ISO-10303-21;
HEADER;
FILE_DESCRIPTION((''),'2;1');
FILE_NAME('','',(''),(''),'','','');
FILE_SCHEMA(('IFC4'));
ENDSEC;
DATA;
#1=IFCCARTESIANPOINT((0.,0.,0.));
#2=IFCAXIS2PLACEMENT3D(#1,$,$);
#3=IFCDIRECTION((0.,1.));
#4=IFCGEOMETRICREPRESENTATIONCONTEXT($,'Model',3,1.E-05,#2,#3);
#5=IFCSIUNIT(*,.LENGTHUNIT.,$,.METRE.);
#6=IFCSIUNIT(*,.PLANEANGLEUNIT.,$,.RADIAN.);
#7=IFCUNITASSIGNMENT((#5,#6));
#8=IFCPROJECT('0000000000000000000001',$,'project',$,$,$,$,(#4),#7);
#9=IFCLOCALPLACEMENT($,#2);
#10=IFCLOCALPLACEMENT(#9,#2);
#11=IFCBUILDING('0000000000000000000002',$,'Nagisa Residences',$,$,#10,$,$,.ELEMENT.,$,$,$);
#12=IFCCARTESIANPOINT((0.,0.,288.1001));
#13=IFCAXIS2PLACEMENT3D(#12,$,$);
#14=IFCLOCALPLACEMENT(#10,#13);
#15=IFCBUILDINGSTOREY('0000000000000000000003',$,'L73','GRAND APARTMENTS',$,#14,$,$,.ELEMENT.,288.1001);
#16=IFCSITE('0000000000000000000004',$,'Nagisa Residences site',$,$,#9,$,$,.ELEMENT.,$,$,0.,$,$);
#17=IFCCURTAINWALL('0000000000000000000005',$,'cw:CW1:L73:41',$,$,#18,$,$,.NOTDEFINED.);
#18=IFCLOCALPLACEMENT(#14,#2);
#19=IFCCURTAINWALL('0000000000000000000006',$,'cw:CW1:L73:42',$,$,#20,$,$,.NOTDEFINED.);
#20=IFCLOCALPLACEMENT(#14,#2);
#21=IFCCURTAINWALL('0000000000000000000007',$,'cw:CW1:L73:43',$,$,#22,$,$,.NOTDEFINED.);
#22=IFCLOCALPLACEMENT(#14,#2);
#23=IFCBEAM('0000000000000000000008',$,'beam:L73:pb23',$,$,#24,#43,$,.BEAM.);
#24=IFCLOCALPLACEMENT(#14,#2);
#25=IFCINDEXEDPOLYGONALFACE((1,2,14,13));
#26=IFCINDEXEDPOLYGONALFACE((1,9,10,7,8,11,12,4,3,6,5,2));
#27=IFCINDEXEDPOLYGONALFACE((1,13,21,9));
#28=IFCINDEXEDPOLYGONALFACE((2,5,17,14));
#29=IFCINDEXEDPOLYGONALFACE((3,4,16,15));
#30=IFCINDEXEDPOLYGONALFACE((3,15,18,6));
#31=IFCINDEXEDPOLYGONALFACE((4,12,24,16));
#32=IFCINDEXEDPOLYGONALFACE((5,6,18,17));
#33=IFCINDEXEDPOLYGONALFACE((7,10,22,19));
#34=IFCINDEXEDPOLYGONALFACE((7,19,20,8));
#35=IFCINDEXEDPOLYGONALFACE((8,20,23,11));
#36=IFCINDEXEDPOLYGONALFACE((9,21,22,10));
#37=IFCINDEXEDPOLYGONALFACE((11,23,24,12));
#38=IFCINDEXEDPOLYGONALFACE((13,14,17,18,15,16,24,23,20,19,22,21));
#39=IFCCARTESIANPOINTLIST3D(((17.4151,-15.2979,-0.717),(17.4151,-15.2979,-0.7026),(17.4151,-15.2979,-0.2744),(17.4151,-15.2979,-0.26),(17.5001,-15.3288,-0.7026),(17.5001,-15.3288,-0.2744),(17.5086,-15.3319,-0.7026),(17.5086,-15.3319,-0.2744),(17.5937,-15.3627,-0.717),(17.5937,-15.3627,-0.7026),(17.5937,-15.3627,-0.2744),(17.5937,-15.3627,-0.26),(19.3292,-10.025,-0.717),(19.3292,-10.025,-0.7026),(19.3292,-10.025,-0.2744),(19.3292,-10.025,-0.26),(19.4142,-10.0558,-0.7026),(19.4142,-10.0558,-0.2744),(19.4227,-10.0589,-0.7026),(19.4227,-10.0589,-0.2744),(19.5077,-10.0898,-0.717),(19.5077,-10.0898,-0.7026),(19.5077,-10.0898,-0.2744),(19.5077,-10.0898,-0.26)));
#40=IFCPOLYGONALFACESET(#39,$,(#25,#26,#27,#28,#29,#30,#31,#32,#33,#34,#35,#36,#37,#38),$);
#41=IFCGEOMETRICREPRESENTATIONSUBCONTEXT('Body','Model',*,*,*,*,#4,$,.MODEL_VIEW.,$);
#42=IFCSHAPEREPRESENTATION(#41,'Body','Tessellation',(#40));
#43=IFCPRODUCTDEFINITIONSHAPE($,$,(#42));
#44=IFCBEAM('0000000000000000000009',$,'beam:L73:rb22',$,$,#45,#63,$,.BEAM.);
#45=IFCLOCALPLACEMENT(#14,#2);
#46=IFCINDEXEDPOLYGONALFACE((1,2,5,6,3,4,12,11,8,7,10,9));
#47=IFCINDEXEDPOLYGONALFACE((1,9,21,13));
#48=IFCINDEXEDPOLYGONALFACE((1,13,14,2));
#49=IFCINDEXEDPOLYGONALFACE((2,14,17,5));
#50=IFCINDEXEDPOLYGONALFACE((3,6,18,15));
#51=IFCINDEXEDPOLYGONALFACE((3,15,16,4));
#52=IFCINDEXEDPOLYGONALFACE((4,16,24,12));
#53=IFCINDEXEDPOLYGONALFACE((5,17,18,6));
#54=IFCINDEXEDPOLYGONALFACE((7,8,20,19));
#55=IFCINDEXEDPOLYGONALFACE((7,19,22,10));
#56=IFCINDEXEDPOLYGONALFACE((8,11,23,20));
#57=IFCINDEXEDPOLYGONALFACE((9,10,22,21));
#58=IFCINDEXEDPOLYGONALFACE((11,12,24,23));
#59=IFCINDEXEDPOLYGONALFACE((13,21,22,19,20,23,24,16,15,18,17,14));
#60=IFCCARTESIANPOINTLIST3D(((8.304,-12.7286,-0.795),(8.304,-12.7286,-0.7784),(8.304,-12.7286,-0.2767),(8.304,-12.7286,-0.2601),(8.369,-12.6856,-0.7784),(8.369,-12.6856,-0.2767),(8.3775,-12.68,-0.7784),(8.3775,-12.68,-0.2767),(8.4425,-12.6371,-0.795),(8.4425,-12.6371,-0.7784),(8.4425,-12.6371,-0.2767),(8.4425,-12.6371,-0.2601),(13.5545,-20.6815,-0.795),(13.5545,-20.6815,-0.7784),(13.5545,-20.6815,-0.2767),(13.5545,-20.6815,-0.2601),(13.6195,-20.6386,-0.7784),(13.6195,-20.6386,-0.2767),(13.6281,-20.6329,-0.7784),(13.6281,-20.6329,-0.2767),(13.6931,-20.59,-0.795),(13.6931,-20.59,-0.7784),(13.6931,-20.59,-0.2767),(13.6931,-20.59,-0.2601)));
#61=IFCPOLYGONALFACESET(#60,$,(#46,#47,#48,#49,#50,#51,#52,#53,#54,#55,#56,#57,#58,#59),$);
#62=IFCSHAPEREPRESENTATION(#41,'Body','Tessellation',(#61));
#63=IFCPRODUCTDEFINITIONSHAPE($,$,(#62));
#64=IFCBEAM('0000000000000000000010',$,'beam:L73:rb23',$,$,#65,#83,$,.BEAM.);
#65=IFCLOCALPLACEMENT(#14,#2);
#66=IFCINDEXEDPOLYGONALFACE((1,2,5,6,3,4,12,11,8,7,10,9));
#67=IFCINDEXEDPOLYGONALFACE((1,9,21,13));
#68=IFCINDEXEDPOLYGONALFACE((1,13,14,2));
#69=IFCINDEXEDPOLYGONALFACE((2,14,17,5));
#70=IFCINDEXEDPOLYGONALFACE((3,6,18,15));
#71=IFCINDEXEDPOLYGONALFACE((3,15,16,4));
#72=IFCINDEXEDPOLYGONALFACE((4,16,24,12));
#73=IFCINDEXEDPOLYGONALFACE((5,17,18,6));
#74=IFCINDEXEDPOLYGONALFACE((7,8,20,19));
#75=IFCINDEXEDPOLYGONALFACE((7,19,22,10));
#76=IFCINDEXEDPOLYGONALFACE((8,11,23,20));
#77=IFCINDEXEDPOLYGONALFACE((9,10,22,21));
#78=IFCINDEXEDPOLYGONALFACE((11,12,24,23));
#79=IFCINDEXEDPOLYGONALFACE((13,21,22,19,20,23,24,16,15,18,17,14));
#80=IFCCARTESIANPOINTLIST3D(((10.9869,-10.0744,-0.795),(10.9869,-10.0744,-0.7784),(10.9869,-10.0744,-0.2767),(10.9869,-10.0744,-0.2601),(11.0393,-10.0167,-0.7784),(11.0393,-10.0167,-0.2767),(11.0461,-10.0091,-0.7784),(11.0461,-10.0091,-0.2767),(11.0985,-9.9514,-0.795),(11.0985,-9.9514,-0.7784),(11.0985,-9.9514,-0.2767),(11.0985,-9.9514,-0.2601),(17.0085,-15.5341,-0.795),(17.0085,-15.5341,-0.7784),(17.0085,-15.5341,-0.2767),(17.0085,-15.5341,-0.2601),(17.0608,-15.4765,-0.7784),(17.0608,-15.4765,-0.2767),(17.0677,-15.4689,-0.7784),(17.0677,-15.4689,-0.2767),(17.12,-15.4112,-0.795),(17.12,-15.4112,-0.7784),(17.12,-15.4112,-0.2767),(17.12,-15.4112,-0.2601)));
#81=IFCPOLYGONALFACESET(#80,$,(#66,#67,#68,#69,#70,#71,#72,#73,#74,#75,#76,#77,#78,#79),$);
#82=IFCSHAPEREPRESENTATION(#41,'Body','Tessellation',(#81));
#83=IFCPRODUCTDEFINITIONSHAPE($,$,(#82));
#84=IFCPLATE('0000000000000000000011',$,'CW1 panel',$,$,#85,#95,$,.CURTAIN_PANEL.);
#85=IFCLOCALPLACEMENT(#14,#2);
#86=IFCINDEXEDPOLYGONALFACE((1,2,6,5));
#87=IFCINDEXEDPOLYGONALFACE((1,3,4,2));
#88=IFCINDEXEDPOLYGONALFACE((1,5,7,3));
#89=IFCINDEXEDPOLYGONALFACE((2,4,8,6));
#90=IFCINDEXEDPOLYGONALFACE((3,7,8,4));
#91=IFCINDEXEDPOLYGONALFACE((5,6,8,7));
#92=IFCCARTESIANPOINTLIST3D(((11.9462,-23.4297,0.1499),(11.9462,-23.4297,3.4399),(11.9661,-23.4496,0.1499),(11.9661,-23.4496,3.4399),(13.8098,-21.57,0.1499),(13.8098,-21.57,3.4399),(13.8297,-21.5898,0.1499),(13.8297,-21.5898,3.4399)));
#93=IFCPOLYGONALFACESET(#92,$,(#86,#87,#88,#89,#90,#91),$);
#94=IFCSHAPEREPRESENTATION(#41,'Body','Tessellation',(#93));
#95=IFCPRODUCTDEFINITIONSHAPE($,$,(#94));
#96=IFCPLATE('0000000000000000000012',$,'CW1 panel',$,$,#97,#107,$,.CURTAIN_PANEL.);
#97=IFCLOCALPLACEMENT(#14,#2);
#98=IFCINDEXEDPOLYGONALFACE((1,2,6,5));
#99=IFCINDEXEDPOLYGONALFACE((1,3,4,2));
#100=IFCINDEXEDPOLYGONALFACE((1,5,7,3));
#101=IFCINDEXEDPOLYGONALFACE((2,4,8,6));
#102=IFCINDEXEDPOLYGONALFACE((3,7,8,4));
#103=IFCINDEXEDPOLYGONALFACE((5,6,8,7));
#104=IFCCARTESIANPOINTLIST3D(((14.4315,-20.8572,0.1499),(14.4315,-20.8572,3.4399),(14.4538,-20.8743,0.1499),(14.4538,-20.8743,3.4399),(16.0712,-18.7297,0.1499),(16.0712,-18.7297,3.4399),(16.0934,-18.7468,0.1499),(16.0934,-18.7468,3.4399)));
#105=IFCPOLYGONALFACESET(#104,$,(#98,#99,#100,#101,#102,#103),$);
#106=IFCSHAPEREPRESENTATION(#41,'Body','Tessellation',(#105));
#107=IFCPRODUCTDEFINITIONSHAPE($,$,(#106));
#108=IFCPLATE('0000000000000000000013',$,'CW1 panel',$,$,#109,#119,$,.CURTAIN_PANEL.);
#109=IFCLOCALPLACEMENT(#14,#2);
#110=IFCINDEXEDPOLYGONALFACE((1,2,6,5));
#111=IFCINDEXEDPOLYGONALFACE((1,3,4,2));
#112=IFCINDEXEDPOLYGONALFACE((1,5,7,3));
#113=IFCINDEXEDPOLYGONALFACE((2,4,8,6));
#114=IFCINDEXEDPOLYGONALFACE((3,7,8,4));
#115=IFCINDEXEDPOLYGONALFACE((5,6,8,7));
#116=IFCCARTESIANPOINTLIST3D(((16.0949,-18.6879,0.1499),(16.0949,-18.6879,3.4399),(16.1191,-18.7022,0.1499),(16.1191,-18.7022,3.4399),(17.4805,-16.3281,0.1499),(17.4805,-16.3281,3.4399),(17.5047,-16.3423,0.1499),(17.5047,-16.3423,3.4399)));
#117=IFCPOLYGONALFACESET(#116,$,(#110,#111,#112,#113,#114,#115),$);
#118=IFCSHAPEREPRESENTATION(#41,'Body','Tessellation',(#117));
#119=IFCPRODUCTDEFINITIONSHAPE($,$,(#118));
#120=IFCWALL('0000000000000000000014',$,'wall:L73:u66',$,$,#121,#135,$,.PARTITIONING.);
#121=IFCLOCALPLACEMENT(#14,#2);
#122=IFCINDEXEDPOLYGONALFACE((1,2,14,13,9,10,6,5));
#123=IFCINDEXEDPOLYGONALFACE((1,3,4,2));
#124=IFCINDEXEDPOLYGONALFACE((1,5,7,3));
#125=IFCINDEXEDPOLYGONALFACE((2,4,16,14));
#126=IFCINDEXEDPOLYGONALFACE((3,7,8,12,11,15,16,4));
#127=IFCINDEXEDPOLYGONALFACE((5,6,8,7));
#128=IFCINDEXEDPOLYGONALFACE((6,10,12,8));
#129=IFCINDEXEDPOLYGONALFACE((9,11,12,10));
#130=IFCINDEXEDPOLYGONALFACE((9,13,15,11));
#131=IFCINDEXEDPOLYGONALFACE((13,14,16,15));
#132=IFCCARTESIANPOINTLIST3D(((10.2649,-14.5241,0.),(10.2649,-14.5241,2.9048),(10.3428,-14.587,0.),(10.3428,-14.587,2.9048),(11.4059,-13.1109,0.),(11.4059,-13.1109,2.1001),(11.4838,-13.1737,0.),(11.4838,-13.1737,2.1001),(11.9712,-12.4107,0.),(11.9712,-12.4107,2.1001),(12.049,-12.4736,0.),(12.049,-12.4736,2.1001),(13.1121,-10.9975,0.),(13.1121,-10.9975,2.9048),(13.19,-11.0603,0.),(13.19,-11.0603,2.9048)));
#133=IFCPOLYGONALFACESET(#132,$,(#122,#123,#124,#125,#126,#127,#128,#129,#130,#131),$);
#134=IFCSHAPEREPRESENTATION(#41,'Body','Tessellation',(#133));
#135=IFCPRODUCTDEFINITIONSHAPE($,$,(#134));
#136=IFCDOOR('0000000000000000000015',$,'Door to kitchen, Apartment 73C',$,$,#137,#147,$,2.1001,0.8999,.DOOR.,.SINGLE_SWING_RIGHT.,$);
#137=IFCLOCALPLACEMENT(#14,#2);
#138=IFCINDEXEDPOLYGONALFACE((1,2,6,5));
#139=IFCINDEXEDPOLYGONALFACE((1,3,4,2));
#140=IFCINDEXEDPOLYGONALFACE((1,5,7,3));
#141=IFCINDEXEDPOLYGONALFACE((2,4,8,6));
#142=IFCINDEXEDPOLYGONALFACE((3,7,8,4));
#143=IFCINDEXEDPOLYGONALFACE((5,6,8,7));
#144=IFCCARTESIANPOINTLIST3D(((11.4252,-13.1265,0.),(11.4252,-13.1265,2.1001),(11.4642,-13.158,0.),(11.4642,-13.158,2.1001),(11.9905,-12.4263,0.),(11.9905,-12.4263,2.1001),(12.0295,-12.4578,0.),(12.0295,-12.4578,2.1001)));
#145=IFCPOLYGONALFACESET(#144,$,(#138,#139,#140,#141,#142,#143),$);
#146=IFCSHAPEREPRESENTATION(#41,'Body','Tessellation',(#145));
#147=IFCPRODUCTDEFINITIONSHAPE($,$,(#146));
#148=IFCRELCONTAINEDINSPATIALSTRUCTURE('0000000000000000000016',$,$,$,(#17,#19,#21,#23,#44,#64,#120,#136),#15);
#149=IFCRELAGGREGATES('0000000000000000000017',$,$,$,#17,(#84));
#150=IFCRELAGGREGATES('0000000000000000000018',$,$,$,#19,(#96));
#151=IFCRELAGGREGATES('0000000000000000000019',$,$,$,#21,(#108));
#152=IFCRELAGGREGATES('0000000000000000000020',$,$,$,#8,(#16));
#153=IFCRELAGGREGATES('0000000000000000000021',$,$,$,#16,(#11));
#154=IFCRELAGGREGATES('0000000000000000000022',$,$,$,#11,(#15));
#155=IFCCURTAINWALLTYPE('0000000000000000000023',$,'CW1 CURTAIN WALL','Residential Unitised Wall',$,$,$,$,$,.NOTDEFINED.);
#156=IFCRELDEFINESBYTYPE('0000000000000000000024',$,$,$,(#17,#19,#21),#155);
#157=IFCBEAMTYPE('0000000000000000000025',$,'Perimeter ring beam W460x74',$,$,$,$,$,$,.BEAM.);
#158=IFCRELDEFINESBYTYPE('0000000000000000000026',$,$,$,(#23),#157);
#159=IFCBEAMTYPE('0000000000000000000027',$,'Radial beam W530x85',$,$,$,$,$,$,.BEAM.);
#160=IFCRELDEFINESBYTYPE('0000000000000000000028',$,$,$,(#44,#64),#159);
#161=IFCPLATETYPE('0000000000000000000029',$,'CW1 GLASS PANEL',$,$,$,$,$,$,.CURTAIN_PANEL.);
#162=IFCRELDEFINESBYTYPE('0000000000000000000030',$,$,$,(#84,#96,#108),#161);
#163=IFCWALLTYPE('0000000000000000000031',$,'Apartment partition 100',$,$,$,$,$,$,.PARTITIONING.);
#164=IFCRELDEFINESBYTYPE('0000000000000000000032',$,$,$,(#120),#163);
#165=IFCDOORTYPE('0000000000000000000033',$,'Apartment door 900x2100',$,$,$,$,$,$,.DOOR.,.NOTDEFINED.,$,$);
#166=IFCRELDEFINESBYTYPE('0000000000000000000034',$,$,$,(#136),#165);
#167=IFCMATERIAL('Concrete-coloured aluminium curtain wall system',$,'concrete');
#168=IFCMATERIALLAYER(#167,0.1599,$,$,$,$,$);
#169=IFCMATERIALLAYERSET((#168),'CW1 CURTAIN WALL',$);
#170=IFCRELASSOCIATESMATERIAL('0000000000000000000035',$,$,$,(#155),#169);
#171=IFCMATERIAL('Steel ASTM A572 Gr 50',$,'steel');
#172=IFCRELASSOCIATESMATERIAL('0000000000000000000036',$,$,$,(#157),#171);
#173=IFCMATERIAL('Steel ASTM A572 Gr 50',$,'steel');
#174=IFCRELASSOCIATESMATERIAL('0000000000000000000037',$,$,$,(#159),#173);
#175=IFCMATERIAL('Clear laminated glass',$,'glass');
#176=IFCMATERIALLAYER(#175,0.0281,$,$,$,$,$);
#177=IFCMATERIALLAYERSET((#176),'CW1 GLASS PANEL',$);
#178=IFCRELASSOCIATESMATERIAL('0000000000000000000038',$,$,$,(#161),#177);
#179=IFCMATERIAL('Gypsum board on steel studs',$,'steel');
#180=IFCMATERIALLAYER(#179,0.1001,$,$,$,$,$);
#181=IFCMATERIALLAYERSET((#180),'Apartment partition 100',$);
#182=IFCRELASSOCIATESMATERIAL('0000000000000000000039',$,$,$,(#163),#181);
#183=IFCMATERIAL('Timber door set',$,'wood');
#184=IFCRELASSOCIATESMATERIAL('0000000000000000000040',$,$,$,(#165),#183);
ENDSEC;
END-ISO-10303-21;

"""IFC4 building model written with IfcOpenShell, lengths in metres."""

from ifc_helpers import new_model, si_unit, direction, frame, frame_2d, origin, origin_2d, place, context, subcontext, project, spatial, rectangle, i_section, extrude, material, layer, layer_set, material_profile, profile_set, type_object, element, fill, aggregate, save


model = new_model("IFC4")

# Units and contexts
model_context = context("Model", 3, precision=1e-05, world=origin(), true_north=direction((0.0, 1.0)))
body_context = subcontext(model_context, "Body", "Model", "MODEL_VIEW")
ifc_project = project(units=[si_unit("LENGTHUNIT", "METRE"), si_unit("PLANEANGLEUNIT", "RADIAN")], contexts=[model_context])

# Site, building, storey
site_placement = place(None, origin())
site = spatial("IfcSite", under=ifc_project, at=site_placement, Name="Nagisa Residences site", CompositionType="ELEMENT", RefElevation=0.0)
building_placement = place(site_placement, origin())
building = spatial("IfcBuilding", under=site, at=building_placement, Name="Nagisa Residences", CompositionType="ELEMENT")
storey_placement = place(building_placement, frame((0.0, 0.0, 288.1001)))
storey = spatial("IfcBuildingStorey", under=building, at=storey_placement, Name="L73", Description="GRAND APARTMENTS", CompositionType="ELEMENT", Elevation=288.1001)

# Curtain walls
ifc_material_1 = material(Name="Concrete-coloured aluminium curtain wall system", Category="concrete")
ifc_layer_1 = layer(ifc_material_1, 0.1599)
ifc_layer_set_1 = layer_set([ifc_layer_1], Name="CW1 CURTAIN WALL")
curtain_wall_type = type_object("IfcCurtainWallType", Name="CW1 CURTAIN WALL", Description="Residential Unitised Wall", PredefinedType="NOTDEFINED", material=ifc_layer_set_1)
curtain_wall_1_placement = place(storey_placement, origin())
curtain_wall_1 = element("IfcCurtainWall", 1, at=curtain_wall_1_placement, inside=storey, type_object=curtain_wall_type, Name="cw:CW1:L73:41", PredefinedType="NOTDEFINED")
curtain_wall_2_placement = place(storey_placement, origin())
curtain_wall_2 = element("IfcCurtainWall", 2, at=curtain_wall_2_placement, inside=storey, type_object=curtain_wall_type, Name="cw:CW1:L73:42", PredefinedType="NOTDEFINED")
curtain_wall_3_placement = place(storey_placement, origin())
curtain_wall_3 = element("IfcCurtainWall", 3, at=curtain_wall_3_placement, inside=storey, type_object=curtain_wall_type, Name="cw:CW1:L73:43", PredefinedType="NOTDEFINED")

# Beams
ifc_material_2 = material(Name="Steel ASTM A572 Gr 50", Category="steel")
ifc_material_profile_1 = material_profile(ifc_material_2, i_section(OverallWidth=0.1899, OverallDepth=0.457, WebThickness=0.009, FlangeThickness=0.0144, at=origin_2d()), Name="W460x74")
ifc_profile_set_1 = profile_set([ifc_material_profile_1], Name="Steel ASTM A572 Gr 50")
beam_type_1 = type_object("IfcBeamType", Name="Perimeter ring beam W460x74", PredefinedType="BEAM", material=ifc_profile_set_1)
beam_1_placement = place(storey_placement, frame((17.5044, -15.3303, -0.4885), z_axis=(0.341212, 0.939986, 0.0), x_axis=(-0.939986, 0.341212, 0.0)))
element("IfcBeam", 4, at=beam_1_placement, inside=storey, type_object=beam_type_1, Name="beam:L73:pb23", PredefinedType="BEAM", context=body_context, shape_type="SweptSolid", body=[
    extrude(i_section(OverallWidth=0.1899, OverallDepth=0.457, WebThickness=0.009, FlangeThickness=0.0144, at=origin_2d()), origin(), (0.0, 0.0, 1.0), 5.6096),
])
ifc_material_3 = material(Name="Steel ASTM A572 Gr 50", Category="steel")
ifc_material_profile_2 = material_profile(ifc_material_3, i_section(OverallWidth=0.166, OverallDepth=0.5349, WebThickness=0.0103, FlangeThickness=0.0166, at=origin_2d()), Name="W530x85")
ifc_profile_set_2 = profile_set([ifc_material_profile_2], Name="Steel ASTM A572 Gr 50")
beam_type_2 = type_object("IfcBeamType", Name="Radial beam W530x85", PredefinedType="BEAM", material=ifc_profile_set_2)
beam_2_placement = place(storey_placement, frame((13.6238, -20.6357, -0.5276), z_axis=(-0.550958, 0.834533, 0.0), x_axis=(-0.834533, -0.550958, 0.0)))
element("IfcBeam", 5, at=beam_2_placement, inside=storey, type_object=beam_type_2, Name="beam:L73:rb22", PredefinedType="BEAM", context=body_context, shape_type="SweptSolid", body=[
    extrude(i_section(OverallWidth=0.166, OverallDepth=0.5349, WebThickness=0.0103, FlangeThickness=0.0166, at=origin_2d()), origin(), (0.0, 0.0, 1.0), 9.5298),
])
beam_3_placement = place(storey_placement, frame((17.0642, -15.4727, -0.5276), z_axis=(-0.740819, 0.671705, 0.0), x_axis=(-0.671705, -0.740819, 0.0)))
element("IfcBeam", 6, at=beam_3_placement, inside=storey, type_object=beam_type_2, Name="beam:L73:rb23", PredefinedType="BEAM", context=body_context, shape_type="SweptSolid", body=[
    extrude(i_section(OverallWidth=0.166, OverallDepth=0.5349, WebThickness=0.0103, FlangeThickness=0.0166, at=origin_2d()), origin(), (0.0, 0.0, 1.0), 8.1282),
])

# Plates
ifc_material_4 = material(Name="Clear laminated glass", Category="glass")
ifc_layer_2 = layer(ifc_material_4, 0.0281)
ifc_layer_set_2 = layer_set([ifc_layer_2], Name="CW1 GLASS PANEL")
plate_type = type_object("IfcPlateType", Name="CW1 GLASS PANEL", PredefinedType="CURTAIN_PANEL", material=ifc_layer_set_2)
plate_1_placement = place(storey_placement, frame((12.8879, -22.5098, 0.1499), z_axis=(0.0, 0.0, 1.0), x_axis=(0.707836, 0.706377, 0.0)))
plate_1 = element("IfcPlate", 7, at=plate_1_placement, type_object=plate_type, Name="CW1 panel", PredefinedType="CURTAIN_PANEL", context=body_context, shape_type="SweptSolid", body=[
    extrude(rectangle(XDim=2.6328, YDim=0.0281, at=origin_2d()), origin(), (0.0, 0.0, 1.0), 3.29),
])
aggregate(curtain_wall_1, [plate_1])
plate_2_placement = place(storey_placement, frame((15.2625, -19.802, 0.1499), z_axis=(0.0, 0.0, 1.0), x_axis=(0.61043, 0.79207, 0.0)))
plate_2 = element("IfcPlate", 8, at=plate_2_placement, type_object=plate_type, Name="CW1 panel", PredefinedType="CURTAIN_PANEL", context=body_context, shape_type="SweptSolid", body=[
    extrude(rectangle(XDim=2.686, YDim=0.0281, at=origin_2d()), origin(), (0.0, 0.0, 1.0), 3.29),
])
aggregate(curtain_wall_2, [plate_2])
plate_3_placement = place(storey_placement, frame((16.7998, -17.5151, 0.1499), z_axis=(0.0, 0.0, 1.0), x_axis=(0.506349, 0.862329, 0.0)))
plate_3 = element("IfcPlate", 9, at=plate_3_placement, type_object=plate_type, Name="CW1 panel", PredefinedType="CURTAIN_PANEL", context=body_context, shape_type="SweptSolid", body=[
    extrude(rectangle(XDim=2.7366, YDim=0.0281, at=origin_2d()), origin(), (0.0, 0.0, 1.0), 3.29),
])
aggregate(curtain_wall_3, [plate_3])

# Wall, opening, door
ifc_material_5 = material(Name="Gypsum board on steel studs", Category="steel")
ifc_layer_3 = layer(ifc_material_5, 0.1001)
ifc_layer_set_3 = layer_set([ifc_layer_3], Name="Apartment partition 100")
wall_type_1 = type_object("IfcWallType", Name="Apartment partition 100", PredefinedType="PARTITIONING", material=ifc_layer_set_3)
wall_1_placement = place(storey_placement, frame((10.304, -14.5554, 0.0), z_axis=(0.0, 0.0, 1.0), x_axis=(0.62817, 0.778076, 0.0)))
wall_1 = element("IfcWall", 10, at=wall_1_placement, inside=storey, type_object=wall_type_1, Name="wall:L73:u66", PredefinedType="PARTITIONING", context=body_context, shape_type="SweptSolid", body=[
    extrude(rectangle(XDim=4.5325, YDim=0.1001, at=frame_2d((2.2661, 0.0))), origin(), (0.0, 0.0, 1.0), 2.9048),
])
opening_1_placement = place(wall_1_placement, frame((1.8162, 0.0, 0.0)))
opening_1 = element("IfcOpeningElement", 11, at=opening_1_placement, cuts=wall_1, PredefinedType="OPENING", context=body_context, shape_type="SweptSolid", body=[
    extrude(rectangle(XDim=0.8999, YDim=2.1001, at=frame_2d((0.45, 1.05))), frame((0.0, 0.0601, 0.0), z_axis=(0.0, -1.0, 0.0), x_axis=(1.0, 0.0, 0.0)), (0.0, 0.0, 1.0), 0.1201),
])
ifc_material_6 = material(Name="Timber door set", Category="wood")
door_type_1 = type_object("IfcDoorType", Name="Apartment door 900x2100", OperationType="NOTDEFINED", PredefinedType="DOOR", material=ifc_material_6)
door_1_placement = place(opening_1_placement, frame((0.8999, 0.0, 0.0), x_axis=(-1.0, 0.0, 0.0)))
door_1 = element("IfcDoor", 12, at=door_1_placement, inside=storey, type_object=door_type_1, Name="Door to kitchen, Apartment 73C", OperationType="SINGLE_SWING_RIGHT", OverallHeight=2.1001, OverallWidth=0.8999, PredefinedType="DOOR", context=body_context, shape_type="SweptSolid", body=[
    extrude(rectangle(XDim=0.8999, YDim=2.1001, at=frame_2d((0.45, 1.05))), frame((0.0, 0.0249, 0.0), z_axis=(0.0, -1.0, 0.0), x_axis=(1.0, 0.0, 0.0)), (0.0, 0.0, 1.0), 0.05),
])
fill(opening_1, door_1)

save(model, "model.ifc")
